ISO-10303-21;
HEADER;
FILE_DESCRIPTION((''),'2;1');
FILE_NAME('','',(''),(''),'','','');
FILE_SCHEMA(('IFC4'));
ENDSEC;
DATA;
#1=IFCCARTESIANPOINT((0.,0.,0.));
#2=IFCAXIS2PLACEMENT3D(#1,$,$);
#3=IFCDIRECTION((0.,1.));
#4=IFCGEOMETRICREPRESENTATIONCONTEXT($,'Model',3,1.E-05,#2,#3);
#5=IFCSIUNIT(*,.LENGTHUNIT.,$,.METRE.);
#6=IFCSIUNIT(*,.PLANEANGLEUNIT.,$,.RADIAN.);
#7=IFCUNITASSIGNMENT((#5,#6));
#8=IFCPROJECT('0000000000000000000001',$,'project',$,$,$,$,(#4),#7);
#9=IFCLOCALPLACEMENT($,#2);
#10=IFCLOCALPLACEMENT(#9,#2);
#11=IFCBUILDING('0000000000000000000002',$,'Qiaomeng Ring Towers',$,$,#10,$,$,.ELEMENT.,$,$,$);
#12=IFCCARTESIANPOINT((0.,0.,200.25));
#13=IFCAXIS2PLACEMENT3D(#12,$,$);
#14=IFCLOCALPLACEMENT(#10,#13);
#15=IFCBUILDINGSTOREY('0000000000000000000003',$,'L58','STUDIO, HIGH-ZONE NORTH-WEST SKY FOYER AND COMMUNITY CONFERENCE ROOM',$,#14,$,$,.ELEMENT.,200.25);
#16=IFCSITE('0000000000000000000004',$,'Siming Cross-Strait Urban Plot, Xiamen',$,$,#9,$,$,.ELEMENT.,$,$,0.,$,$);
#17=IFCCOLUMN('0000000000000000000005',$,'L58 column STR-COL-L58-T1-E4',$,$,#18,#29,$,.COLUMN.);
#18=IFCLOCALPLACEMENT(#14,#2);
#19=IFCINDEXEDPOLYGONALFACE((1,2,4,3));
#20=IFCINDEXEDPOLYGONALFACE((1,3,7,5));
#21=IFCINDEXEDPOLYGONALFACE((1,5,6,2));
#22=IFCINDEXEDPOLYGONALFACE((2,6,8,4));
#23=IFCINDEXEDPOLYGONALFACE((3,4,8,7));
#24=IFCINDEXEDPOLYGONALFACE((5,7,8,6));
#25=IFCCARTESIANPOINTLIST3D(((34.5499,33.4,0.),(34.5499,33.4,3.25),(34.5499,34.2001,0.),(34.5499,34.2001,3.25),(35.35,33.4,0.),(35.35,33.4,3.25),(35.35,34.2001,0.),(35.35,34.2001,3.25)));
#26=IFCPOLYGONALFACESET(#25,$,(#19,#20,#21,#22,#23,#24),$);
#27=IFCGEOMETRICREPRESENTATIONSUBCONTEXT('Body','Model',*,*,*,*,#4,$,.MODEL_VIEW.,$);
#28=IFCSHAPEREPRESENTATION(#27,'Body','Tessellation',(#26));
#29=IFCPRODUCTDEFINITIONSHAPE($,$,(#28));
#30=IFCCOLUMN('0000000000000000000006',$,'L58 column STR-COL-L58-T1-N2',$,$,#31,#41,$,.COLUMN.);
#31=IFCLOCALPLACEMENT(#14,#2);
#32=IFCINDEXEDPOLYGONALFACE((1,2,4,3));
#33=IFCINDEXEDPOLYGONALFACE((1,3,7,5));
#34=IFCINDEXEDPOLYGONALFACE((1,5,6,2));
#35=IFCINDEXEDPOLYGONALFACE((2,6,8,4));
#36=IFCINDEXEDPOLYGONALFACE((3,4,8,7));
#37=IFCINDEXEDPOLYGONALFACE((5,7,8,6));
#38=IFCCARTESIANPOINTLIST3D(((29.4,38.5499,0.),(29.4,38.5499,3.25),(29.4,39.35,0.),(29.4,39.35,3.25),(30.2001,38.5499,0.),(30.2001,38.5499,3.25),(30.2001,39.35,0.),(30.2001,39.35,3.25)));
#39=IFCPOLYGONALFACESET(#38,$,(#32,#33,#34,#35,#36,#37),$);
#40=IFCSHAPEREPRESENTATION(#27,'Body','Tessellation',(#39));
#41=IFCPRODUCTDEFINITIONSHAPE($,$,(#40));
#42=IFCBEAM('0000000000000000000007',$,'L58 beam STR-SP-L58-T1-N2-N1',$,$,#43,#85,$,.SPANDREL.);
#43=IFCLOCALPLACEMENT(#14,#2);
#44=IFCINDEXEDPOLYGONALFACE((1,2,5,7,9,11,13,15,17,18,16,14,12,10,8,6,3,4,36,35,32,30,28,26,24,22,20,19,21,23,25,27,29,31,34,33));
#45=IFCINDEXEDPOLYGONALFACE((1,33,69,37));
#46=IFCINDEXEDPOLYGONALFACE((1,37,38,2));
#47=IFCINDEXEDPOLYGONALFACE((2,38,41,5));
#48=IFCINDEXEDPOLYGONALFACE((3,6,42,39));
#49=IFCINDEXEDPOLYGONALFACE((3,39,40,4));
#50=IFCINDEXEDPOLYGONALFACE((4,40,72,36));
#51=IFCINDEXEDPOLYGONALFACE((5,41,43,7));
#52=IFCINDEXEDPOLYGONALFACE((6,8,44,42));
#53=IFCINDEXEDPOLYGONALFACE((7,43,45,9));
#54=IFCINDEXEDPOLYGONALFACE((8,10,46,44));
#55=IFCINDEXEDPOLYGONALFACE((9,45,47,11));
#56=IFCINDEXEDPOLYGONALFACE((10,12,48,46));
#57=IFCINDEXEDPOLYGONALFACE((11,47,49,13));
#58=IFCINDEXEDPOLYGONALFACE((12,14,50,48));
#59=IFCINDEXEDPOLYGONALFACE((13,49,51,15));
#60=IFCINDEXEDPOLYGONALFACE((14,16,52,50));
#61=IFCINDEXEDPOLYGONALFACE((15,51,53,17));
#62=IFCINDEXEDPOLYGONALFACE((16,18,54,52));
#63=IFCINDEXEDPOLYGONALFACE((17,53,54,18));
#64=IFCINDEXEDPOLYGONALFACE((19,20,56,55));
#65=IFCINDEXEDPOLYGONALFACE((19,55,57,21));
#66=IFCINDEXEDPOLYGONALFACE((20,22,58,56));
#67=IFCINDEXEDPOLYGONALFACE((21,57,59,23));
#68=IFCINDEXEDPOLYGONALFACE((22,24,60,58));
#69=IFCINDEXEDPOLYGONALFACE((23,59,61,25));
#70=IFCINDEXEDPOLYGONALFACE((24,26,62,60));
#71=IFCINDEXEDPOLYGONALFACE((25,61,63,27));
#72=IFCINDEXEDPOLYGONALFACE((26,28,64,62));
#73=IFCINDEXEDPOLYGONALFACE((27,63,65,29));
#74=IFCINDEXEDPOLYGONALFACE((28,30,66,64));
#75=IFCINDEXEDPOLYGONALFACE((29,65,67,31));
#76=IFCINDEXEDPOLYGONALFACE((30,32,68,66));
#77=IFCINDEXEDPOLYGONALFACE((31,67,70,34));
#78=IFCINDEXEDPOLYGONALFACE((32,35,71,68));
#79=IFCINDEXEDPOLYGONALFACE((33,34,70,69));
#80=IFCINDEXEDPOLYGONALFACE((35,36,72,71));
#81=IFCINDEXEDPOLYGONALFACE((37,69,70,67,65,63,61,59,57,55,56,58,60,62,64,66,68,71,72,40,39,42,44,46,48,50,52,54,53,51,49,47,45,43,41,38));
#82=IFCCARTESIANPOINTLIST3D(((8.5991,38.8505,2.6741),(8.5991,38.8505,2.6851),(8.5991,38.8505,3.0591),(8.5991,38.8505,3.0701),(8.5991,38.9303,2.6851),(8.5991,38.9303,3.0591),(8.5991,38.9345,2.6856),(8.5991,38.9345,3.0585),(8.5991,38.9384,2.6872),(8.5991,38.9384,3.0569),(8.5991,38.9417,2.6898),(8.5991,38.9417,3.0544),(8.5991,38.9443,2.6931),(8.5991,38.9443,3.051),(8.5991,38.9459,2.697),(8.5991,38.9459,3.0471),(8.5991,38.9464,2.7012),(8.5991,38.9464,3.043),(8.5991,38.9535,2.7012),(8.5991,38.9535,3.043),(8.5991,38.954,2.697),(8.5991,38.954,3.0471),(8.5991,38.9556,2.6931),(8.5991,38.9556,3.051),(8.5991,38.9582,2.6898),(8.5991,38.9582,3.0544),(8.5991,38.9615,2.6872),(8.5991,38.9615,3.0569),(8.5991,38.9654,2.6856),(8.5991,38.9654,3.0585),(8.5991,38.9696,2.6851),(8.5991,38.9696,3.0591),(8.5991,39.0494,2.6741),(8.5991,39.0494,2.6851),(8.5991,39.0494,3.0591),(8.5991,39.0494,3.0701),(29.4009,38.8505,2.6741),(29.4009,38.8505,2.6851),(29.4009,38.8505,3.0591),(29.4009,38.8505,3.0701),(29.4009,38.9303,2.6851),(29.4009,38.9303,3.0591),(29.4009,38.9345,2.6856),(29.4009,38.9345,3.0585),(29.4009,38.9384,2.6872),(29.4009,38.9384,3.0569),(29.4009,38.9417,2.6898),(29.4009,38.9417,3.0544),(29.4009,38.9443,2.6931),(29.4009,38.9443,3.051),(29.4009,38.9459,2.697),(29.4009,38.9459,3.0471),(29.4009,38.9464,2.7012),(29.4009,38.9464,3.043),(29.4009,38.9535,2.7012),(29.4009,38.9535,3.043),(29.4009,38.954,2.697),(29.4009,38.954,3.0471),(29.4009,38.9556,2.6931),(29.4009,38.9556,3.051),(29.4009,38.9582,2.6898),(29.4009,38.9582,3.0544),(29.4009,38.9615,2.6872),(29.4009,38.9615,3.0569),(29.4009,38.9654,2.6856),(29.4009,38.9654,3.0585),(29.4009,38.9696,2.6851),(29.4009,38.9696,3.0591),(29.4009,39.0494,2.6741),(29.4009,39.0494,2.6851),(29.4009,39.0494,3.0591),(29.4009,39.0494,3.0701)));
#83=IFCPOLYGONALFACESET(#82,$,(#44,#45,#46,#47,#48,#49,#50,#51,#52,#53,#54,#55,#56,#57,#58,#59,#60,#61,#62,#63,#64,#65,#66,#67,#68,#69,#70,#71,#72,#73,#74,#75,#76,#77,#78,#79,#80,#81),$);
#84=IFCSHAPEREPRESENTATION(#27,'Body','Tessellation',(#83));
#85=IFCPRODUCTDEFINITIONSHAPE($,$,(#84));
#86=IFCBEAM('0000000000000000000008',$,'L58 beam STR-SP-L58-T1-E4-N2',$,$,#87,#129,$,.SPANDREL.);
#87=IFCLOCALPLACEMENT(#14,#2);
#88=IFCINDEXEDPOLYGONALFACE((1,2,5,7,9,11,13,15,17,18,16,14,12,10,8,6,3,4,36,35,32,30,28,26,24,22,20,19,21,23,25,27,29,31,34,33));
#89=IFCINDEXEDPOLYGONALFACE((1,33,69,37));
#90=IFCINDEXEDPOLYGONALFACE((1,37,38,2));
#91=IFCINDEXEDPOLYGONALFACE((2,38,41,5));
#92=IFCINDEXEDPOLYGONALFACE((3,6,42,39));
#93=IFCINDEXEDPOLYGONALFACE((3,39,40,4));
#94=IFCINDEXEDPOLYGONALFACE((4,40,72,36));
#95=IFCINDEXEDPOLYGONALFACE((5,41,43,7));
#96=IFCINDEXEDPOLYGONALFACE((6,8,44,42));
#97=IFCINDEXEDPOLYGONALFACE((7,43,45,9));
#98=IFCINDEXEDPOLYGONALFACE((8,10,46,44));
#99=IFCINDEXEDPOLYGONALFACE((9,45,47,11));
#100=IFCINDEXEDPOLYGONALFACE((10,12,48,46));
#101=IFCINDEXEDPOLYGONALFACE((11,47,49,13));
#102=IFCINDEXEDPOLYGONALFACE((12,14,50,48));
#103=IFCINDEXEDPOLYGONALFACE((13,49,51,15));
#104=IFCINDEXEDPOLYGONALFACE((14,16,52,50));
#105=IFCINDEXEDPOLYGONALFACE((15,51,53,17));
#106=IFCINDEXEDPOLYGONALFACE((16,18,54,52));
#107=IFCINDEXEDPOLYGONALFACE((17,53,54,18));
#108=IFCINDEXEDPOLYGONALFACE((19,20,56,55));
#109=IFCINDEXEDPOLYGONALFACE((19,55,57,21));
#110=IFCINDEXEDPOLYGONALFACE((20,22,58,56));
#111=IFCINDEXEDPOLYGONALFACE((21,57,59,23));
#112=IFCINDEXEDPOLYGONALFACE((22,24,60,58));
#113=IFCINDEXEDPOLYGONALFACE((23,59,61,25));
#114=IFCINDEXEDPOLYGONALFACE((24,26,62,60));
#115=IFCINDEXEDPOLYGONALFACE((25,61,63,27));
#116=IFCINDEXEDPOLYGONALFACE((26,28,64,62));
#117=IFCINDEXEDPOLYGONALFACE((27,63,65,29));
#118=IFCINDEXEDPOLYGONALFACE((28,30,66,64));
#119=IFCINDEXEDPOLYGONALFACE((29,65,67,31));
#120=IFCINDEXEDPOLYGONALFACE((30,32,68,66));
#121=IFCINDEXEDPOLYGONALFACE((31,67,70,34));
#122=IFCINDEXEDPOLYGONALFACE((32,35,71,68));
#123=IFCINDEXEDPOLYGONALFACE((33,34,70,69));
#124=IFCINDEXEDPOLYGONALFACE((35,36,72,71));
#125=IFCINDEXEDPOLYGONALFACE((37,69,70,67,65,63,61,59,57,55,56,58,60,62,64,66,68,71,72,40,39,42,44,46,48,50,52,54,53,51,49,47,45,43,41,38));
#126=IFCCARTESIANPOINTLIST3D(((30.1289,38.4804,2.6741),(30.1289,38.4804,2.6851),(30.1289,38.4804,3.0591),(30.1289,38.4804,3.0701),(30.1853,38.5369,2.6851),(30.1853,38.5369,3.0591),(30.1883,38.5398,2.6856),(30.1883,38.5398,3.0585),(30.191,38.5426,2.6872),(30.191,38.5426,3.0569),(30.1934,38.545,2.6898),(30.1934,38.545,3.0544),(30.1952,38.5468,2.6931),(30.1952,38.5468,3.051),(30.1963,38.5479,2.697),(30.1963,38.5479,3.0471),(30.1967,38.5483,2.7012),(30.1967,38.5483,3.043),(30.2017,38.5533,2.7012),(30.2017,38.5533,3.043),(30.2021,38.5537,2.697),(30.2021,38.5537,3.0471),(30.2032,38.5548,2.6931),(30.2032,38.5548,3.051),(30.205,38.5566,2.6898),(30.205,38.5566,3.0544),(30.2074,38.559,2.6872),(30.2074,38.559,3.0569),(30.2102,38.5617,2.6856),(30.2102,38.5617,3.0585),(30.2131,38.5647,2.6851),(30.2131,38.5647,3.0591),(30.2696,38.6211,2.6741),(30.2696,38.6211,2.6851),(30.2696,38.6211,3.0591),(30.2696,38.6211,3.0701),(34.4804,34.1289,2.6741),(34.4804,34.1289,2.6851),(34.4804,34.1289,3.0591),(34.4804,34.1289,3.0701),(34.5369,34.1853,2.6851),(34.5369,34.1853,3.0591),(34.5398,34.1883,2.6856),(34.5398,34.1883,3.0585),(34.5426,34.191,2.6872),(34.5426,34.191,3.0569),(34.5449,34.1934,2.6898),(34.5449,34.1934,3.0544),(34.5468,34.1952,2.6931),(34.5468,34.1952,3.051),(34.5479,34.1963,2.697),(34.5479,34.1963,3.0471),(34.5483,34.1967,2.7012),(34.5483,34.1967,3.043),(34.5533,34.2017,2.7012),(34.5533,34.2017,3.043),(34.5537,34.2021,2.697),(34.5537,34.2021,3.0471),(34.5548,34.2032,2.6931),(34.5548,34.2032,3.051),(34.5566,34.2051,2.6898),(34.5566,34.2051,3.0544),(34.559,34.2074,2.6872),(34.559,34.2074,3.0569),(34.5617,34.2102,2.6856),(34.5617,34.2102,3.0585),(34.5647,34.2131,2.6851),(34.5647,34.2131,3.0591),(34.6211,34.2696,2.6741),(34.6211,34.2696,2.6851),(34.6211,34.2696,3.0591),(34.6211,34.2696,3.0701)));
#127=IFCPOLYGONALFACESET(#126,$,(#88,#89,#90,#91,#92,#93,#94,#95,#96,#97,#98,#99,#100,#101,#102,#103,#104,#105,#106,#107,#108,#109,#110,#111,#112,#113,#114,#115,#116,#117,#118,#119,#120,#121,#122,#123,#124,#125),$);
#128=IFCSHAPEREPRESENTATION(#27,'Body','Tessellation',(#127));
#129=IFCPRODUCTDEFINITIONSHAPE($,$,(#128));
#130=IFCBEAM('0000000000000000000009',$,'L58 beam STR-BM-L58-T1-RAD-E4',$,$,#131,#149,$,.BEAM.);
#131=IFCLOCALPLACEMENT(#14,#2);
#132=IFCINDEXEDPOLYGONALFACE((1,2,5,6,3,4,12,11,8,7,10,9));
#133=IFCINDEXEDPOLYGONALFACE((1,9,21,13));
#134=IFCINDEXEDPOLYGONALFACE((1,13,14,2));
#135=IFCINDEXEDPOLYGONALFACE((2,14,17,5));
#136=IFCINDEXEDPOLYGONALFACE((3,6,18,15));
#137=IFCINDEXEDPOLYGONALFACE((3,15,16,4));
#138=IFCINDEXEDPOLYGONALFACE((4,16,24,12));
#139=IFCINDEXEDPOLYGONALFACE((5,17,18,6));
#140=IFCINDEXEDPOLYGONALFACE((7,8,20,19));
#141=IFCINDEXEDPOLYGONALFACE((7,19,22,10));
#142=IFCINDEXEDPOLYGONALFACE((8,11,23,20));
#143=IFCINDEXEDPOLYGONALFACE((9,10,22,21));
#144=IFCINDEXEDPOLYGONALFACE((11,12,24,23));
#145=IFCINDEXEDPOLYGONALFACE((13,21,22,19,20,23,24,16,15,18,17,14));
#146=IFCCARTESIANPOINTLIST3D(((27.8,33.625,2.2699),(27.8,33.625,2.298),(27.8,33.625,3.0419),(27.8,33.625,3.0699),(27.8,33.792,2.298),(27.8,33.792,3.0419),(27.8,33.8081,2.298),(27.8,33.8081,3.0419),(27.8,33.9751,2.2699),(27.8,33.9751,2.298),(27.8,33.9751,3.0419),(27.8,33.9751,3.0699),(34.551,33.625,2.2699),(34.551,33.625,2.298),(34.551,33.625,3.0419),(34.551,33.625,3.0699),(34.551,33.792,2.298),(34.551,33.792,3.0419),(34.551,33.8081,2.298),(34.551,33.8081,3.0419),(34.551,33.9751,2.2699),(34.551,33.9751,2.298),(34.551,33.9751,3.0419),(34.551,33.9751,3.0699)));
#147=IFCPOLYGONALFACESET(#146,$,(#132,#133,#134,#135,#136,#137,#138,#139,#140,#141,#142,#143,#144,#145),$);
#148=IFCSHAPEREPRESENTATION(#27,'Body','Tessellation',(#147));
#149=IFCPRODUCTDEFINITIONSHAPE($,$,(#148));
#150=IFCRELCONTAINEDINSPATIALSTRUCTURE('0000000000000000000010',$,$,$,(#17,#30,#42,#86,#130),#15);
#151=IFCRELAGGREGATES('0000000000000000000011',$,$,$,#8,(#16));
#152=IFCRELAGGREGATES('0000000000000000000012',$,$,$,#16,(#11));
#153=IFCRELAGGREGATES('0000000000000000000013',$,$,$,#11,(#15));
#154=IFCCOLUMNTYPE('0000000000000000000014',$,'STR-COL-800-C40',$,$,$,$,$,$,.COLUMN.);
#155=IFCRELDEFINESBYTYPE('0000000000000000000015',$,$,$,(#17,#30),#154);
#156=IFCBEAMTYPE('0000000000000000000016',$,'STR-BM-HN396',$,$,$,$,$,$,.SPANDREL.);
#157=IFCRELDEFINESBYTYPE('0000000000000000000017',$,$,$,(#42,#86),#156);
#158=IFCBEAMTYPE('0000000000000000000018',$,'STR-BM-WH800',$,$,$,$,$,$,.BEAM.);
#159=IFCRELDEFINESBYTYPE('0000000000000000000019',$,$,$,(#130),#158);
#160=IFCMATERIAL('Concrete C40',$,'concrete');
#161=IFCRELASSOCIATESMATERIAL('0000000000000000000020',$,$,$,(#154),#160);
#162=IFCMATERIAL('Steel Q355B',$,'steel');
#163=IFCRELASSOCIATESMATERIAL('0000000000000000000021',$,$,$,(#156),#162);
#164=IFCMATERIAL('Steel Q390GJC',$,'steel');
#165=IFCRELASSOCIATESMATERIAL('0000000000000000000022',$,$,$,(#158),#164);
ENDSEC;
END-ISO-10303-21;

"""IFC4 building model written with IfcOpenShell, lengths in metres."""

from ifc_helpers import new_model, si_unit, direction, frame, origin, origin_2d, place, context, subcontext, project, spatial, rectangle, i_section, extrude, source, transform, mapped, material, material_profile, profile_set, type_object, element, save


model = new_model("IFC4")

# Units and contexts
model_context = context("Model", 3, precision=1e-05, world=origin(), true_north=direction((0.0, 1.0)))
body_context = subcontext(model_context, "Body", "Model", "MODEL_VIEW")
ifc_project = project(units=[si_unit("LENGTHUNIT", "METRE"), si_unit("PLANEANGLEUNIT", "RADIAN")], contexts=[model_context])

# Site, building, storey
site_placement = place(None, origin())
site = spatial("IfcSite", under=ifc_project, at=site_placement, Name="Siming Cross-Strait Urban Plot, Xiamen", CompositionType="ELEMENT", RefElevation=0.0)
building_placement = place(site_placement, origin())
building = spatial("IfcBuilding", under=site, at=building_placement, Name="Qiaomeng Ring Towers", CompositionType="ELEMENT")
storey_placement = place(building_placement, frame((0.0, 0.0, 200.25)))
storey = spatial("IfcBuildingStorey", under=building, at=storey_placement, Name="L58", Description="STUDIO, HIGH-ZONE NORTH-WEST SKY FOYER AND COMMUNITY CONFERENCE ROOM", CompositionType="ELEMENT", Elevation=200.25)

# Columns
ifc_material_1 = material(Name="Concrete C40", Category="concrete")
ifc_material_profile_1 = material_profile(ifc_material_1, rectangle(XDim=0.8, YDim=0.8, at=origin_2d()), Name="RC COL 800x800")
ifc_profile_set_1 = profile_set([ifc_material_profile_1], Name="Concrete C40")
column_type = type_object("IfcColumnType", Name="STR-COL-800-C40", PredefinedType="COLUMN", material=ifc_profile_set_1)
shared_shape_1 = source(origin(), body_context, "Body", "SweptSolid", [
    extrude(rectangle(XDim=0.8, YDim=0.8, at=origin_2d()), origin(), (0.0, 0.0, 1.0), 3.25),
])
for number, where, z_axis, x_axis, name in (
    (1, (34.95, 33.8, 0.0), (0.0, 0.0, 1.0), (1.0, 0.0, 0.0), "L58 column STR-COL-L58-T1-E4"),
    (2, (29.8, 38.95, 0.0), (0.0, 0.0, 1.0), (1.0, 0.0, 0.0), "L58 column STR-COL-L58-T1-N2"),
):
    element("IfcColumn", number, at=place(storey_placement, frame(where, z_axis=z_axis, x_axis=x_axis)), inside=storey, type_object=column_type, Name=name, PredefinedType="COLUMN", context=body_context, shape_type="MappedRepresentation", body=[
        mapped(shared_shape_1, transform((0.0, 0.0, 0.0), x_axis=(1.0, 0.0, 0.0), y_axis=(0.0, 1.0, 0.0), z_axis=(0.0, 0.0, 1.0), scale=1.0)),
    ])

# Beams
ifc_material_2 = material(Name="Steel Q355B", Category="steel")
ifc_material_profile_2 = material_profile(ifc_material_2, i_section(OverallWidth=0.199, OverallDepth=0.396, WebThickness=0.0071, FlangeThickness=0.011, FilletRadius=0.0161, at=origin_2d()), Name="HN 396x199x7x11")
ifc_profile_set_2 = profile_set([ifc_material_profile_2], Name="Steel Q355B")
beam_type_1 = type_object("IfcBeamType", Name="STR-BM-HN396", PredefinedType="SPANDREL", material=ifc_profile_set_2)
shared_shape_2 = source(origin(), body_context, "Body", "SweptSolid", [
    extrude(i_section(OverallWidth=0.199, OverallDepth=0.396, WebThickness=0.0071, FlangeThickness=0.011, FilletRadius=0.0161, at=origin_2d()), origin(), (0.0, 0.0, 1.0), 20.8018),
])
beam_1_placement = place(storey_placement, frame((29.4009, 38.95, 2.8721), z_axis=(-1.0, 0.0, 0.0), x_axis=(0.0, -1.0, 0.0)))
element("IfcBeam", 3, at=beam_1_placement, inside=storey, type_object=beam_type_1, Name="L58 beam STR-SP-L58-T1-N2-N1", PredefinedType="SPANDREL", context=body_context, shape_type="MappedRepresentation", body=[
    mapped(shared_shape_2, transform((0.0, 0.0, 0.0), x_axis=(1.0, 0.0, 0.0), y_axis=(0.0, 1.0, 0.0), z_axis=(0.0, 0.0, 1.0), scale=1.0)),
])
shared_shape_3 = source(origin(), body_context, "Body", "SweptSolid", [
    extrude(i_section(OverallWidth=0.199, OverallDepth=0.396, WebThickness=0.0071, FlangeThickness=0.011, FilletRadius=0.0161, at=origin_2d()), origin(), (0.0, 0.0, 1.0), 6.1541),
])
beam_2_placement = place(storey_placement, frame((34.5508, 34.1992, 2.8721), z_axis=(-0.707107, 0.707107, 0.0), x_axis=(-0.707107, -0.707107, 0.0)))
element("IfcBeam", 4, at=beam_2_placement, inside=storey, type_object=beam_type_1, Name="L58 beam STR-SP-L58-T1-E4-N2", PredefinedType="SPANDREL", context=body_context, shape_type="MappedRepresentation", body=[
    mapped(shared_shape_3, transform((0.0, 0.0, 0.0), x_axis=(1.0, 0.0, 0.0), y_axis=(0.0, 1.0, 0.0), z_axis=(0.0, 0.0, 1.0), scale=1.0)),
])
ifc_material_3 = material(Name="Steel Q390GJC", Category="steel")
ifc_material_profile_3 = material_profile(ifc_material_3, i_section(OverallWidth=0.3501, OverallDepth=0.8, WebThickness=0.0161, FlangeThickness=0.0281, at=origin_2d()), Name="WH 800x350x16x28")
ifc_profile_set_3 = profile_set([ifc_material_profile_3], Name="Steel Q390GJC")
beam_type_2 = type_object("IfcBeamType", Name="STR-BM-WH800", PredefinedType="BEAM", material=ifc_profile_set_3)
shared_shape_4 = source(origin(), body_context, "Body", "SweptSolid", [
    extrude(i_section(OverallWidth=0.3501, OverallDepth=0.8, WebThickness=0.0161, FlangeThickness=0.0281, at=origin_2d()), origin(), (0.0, 0.0, 1.0), 6.751),
])
beam_3_placement = place(storey_placement, frame((27.8, 33.8, 2.6699), z_axis=(1.0, 0.0, 0.0), x_axis=(0.0, 1.0, 0.0)))
element("IfcBeam", 5, at=beam_3_placement, inside=storey, type_object=beam_type_2, Name="L58 beam STR-BM-L58-T1-RAD-E4", PredefinedType="BEAM", context=body_context, shape_type="MappedRepresentation", body=[
    mapped(shared_shape_4, transform((0.0, 0.0, 0.0), x_axis=(1.0, 0.0, 0.0), y_axis=(0.0, 1.0, 0.0), z_axis=(0.0, 0.0, 1.0), scale=1.0)),
])

save(model, "model.ifc")
